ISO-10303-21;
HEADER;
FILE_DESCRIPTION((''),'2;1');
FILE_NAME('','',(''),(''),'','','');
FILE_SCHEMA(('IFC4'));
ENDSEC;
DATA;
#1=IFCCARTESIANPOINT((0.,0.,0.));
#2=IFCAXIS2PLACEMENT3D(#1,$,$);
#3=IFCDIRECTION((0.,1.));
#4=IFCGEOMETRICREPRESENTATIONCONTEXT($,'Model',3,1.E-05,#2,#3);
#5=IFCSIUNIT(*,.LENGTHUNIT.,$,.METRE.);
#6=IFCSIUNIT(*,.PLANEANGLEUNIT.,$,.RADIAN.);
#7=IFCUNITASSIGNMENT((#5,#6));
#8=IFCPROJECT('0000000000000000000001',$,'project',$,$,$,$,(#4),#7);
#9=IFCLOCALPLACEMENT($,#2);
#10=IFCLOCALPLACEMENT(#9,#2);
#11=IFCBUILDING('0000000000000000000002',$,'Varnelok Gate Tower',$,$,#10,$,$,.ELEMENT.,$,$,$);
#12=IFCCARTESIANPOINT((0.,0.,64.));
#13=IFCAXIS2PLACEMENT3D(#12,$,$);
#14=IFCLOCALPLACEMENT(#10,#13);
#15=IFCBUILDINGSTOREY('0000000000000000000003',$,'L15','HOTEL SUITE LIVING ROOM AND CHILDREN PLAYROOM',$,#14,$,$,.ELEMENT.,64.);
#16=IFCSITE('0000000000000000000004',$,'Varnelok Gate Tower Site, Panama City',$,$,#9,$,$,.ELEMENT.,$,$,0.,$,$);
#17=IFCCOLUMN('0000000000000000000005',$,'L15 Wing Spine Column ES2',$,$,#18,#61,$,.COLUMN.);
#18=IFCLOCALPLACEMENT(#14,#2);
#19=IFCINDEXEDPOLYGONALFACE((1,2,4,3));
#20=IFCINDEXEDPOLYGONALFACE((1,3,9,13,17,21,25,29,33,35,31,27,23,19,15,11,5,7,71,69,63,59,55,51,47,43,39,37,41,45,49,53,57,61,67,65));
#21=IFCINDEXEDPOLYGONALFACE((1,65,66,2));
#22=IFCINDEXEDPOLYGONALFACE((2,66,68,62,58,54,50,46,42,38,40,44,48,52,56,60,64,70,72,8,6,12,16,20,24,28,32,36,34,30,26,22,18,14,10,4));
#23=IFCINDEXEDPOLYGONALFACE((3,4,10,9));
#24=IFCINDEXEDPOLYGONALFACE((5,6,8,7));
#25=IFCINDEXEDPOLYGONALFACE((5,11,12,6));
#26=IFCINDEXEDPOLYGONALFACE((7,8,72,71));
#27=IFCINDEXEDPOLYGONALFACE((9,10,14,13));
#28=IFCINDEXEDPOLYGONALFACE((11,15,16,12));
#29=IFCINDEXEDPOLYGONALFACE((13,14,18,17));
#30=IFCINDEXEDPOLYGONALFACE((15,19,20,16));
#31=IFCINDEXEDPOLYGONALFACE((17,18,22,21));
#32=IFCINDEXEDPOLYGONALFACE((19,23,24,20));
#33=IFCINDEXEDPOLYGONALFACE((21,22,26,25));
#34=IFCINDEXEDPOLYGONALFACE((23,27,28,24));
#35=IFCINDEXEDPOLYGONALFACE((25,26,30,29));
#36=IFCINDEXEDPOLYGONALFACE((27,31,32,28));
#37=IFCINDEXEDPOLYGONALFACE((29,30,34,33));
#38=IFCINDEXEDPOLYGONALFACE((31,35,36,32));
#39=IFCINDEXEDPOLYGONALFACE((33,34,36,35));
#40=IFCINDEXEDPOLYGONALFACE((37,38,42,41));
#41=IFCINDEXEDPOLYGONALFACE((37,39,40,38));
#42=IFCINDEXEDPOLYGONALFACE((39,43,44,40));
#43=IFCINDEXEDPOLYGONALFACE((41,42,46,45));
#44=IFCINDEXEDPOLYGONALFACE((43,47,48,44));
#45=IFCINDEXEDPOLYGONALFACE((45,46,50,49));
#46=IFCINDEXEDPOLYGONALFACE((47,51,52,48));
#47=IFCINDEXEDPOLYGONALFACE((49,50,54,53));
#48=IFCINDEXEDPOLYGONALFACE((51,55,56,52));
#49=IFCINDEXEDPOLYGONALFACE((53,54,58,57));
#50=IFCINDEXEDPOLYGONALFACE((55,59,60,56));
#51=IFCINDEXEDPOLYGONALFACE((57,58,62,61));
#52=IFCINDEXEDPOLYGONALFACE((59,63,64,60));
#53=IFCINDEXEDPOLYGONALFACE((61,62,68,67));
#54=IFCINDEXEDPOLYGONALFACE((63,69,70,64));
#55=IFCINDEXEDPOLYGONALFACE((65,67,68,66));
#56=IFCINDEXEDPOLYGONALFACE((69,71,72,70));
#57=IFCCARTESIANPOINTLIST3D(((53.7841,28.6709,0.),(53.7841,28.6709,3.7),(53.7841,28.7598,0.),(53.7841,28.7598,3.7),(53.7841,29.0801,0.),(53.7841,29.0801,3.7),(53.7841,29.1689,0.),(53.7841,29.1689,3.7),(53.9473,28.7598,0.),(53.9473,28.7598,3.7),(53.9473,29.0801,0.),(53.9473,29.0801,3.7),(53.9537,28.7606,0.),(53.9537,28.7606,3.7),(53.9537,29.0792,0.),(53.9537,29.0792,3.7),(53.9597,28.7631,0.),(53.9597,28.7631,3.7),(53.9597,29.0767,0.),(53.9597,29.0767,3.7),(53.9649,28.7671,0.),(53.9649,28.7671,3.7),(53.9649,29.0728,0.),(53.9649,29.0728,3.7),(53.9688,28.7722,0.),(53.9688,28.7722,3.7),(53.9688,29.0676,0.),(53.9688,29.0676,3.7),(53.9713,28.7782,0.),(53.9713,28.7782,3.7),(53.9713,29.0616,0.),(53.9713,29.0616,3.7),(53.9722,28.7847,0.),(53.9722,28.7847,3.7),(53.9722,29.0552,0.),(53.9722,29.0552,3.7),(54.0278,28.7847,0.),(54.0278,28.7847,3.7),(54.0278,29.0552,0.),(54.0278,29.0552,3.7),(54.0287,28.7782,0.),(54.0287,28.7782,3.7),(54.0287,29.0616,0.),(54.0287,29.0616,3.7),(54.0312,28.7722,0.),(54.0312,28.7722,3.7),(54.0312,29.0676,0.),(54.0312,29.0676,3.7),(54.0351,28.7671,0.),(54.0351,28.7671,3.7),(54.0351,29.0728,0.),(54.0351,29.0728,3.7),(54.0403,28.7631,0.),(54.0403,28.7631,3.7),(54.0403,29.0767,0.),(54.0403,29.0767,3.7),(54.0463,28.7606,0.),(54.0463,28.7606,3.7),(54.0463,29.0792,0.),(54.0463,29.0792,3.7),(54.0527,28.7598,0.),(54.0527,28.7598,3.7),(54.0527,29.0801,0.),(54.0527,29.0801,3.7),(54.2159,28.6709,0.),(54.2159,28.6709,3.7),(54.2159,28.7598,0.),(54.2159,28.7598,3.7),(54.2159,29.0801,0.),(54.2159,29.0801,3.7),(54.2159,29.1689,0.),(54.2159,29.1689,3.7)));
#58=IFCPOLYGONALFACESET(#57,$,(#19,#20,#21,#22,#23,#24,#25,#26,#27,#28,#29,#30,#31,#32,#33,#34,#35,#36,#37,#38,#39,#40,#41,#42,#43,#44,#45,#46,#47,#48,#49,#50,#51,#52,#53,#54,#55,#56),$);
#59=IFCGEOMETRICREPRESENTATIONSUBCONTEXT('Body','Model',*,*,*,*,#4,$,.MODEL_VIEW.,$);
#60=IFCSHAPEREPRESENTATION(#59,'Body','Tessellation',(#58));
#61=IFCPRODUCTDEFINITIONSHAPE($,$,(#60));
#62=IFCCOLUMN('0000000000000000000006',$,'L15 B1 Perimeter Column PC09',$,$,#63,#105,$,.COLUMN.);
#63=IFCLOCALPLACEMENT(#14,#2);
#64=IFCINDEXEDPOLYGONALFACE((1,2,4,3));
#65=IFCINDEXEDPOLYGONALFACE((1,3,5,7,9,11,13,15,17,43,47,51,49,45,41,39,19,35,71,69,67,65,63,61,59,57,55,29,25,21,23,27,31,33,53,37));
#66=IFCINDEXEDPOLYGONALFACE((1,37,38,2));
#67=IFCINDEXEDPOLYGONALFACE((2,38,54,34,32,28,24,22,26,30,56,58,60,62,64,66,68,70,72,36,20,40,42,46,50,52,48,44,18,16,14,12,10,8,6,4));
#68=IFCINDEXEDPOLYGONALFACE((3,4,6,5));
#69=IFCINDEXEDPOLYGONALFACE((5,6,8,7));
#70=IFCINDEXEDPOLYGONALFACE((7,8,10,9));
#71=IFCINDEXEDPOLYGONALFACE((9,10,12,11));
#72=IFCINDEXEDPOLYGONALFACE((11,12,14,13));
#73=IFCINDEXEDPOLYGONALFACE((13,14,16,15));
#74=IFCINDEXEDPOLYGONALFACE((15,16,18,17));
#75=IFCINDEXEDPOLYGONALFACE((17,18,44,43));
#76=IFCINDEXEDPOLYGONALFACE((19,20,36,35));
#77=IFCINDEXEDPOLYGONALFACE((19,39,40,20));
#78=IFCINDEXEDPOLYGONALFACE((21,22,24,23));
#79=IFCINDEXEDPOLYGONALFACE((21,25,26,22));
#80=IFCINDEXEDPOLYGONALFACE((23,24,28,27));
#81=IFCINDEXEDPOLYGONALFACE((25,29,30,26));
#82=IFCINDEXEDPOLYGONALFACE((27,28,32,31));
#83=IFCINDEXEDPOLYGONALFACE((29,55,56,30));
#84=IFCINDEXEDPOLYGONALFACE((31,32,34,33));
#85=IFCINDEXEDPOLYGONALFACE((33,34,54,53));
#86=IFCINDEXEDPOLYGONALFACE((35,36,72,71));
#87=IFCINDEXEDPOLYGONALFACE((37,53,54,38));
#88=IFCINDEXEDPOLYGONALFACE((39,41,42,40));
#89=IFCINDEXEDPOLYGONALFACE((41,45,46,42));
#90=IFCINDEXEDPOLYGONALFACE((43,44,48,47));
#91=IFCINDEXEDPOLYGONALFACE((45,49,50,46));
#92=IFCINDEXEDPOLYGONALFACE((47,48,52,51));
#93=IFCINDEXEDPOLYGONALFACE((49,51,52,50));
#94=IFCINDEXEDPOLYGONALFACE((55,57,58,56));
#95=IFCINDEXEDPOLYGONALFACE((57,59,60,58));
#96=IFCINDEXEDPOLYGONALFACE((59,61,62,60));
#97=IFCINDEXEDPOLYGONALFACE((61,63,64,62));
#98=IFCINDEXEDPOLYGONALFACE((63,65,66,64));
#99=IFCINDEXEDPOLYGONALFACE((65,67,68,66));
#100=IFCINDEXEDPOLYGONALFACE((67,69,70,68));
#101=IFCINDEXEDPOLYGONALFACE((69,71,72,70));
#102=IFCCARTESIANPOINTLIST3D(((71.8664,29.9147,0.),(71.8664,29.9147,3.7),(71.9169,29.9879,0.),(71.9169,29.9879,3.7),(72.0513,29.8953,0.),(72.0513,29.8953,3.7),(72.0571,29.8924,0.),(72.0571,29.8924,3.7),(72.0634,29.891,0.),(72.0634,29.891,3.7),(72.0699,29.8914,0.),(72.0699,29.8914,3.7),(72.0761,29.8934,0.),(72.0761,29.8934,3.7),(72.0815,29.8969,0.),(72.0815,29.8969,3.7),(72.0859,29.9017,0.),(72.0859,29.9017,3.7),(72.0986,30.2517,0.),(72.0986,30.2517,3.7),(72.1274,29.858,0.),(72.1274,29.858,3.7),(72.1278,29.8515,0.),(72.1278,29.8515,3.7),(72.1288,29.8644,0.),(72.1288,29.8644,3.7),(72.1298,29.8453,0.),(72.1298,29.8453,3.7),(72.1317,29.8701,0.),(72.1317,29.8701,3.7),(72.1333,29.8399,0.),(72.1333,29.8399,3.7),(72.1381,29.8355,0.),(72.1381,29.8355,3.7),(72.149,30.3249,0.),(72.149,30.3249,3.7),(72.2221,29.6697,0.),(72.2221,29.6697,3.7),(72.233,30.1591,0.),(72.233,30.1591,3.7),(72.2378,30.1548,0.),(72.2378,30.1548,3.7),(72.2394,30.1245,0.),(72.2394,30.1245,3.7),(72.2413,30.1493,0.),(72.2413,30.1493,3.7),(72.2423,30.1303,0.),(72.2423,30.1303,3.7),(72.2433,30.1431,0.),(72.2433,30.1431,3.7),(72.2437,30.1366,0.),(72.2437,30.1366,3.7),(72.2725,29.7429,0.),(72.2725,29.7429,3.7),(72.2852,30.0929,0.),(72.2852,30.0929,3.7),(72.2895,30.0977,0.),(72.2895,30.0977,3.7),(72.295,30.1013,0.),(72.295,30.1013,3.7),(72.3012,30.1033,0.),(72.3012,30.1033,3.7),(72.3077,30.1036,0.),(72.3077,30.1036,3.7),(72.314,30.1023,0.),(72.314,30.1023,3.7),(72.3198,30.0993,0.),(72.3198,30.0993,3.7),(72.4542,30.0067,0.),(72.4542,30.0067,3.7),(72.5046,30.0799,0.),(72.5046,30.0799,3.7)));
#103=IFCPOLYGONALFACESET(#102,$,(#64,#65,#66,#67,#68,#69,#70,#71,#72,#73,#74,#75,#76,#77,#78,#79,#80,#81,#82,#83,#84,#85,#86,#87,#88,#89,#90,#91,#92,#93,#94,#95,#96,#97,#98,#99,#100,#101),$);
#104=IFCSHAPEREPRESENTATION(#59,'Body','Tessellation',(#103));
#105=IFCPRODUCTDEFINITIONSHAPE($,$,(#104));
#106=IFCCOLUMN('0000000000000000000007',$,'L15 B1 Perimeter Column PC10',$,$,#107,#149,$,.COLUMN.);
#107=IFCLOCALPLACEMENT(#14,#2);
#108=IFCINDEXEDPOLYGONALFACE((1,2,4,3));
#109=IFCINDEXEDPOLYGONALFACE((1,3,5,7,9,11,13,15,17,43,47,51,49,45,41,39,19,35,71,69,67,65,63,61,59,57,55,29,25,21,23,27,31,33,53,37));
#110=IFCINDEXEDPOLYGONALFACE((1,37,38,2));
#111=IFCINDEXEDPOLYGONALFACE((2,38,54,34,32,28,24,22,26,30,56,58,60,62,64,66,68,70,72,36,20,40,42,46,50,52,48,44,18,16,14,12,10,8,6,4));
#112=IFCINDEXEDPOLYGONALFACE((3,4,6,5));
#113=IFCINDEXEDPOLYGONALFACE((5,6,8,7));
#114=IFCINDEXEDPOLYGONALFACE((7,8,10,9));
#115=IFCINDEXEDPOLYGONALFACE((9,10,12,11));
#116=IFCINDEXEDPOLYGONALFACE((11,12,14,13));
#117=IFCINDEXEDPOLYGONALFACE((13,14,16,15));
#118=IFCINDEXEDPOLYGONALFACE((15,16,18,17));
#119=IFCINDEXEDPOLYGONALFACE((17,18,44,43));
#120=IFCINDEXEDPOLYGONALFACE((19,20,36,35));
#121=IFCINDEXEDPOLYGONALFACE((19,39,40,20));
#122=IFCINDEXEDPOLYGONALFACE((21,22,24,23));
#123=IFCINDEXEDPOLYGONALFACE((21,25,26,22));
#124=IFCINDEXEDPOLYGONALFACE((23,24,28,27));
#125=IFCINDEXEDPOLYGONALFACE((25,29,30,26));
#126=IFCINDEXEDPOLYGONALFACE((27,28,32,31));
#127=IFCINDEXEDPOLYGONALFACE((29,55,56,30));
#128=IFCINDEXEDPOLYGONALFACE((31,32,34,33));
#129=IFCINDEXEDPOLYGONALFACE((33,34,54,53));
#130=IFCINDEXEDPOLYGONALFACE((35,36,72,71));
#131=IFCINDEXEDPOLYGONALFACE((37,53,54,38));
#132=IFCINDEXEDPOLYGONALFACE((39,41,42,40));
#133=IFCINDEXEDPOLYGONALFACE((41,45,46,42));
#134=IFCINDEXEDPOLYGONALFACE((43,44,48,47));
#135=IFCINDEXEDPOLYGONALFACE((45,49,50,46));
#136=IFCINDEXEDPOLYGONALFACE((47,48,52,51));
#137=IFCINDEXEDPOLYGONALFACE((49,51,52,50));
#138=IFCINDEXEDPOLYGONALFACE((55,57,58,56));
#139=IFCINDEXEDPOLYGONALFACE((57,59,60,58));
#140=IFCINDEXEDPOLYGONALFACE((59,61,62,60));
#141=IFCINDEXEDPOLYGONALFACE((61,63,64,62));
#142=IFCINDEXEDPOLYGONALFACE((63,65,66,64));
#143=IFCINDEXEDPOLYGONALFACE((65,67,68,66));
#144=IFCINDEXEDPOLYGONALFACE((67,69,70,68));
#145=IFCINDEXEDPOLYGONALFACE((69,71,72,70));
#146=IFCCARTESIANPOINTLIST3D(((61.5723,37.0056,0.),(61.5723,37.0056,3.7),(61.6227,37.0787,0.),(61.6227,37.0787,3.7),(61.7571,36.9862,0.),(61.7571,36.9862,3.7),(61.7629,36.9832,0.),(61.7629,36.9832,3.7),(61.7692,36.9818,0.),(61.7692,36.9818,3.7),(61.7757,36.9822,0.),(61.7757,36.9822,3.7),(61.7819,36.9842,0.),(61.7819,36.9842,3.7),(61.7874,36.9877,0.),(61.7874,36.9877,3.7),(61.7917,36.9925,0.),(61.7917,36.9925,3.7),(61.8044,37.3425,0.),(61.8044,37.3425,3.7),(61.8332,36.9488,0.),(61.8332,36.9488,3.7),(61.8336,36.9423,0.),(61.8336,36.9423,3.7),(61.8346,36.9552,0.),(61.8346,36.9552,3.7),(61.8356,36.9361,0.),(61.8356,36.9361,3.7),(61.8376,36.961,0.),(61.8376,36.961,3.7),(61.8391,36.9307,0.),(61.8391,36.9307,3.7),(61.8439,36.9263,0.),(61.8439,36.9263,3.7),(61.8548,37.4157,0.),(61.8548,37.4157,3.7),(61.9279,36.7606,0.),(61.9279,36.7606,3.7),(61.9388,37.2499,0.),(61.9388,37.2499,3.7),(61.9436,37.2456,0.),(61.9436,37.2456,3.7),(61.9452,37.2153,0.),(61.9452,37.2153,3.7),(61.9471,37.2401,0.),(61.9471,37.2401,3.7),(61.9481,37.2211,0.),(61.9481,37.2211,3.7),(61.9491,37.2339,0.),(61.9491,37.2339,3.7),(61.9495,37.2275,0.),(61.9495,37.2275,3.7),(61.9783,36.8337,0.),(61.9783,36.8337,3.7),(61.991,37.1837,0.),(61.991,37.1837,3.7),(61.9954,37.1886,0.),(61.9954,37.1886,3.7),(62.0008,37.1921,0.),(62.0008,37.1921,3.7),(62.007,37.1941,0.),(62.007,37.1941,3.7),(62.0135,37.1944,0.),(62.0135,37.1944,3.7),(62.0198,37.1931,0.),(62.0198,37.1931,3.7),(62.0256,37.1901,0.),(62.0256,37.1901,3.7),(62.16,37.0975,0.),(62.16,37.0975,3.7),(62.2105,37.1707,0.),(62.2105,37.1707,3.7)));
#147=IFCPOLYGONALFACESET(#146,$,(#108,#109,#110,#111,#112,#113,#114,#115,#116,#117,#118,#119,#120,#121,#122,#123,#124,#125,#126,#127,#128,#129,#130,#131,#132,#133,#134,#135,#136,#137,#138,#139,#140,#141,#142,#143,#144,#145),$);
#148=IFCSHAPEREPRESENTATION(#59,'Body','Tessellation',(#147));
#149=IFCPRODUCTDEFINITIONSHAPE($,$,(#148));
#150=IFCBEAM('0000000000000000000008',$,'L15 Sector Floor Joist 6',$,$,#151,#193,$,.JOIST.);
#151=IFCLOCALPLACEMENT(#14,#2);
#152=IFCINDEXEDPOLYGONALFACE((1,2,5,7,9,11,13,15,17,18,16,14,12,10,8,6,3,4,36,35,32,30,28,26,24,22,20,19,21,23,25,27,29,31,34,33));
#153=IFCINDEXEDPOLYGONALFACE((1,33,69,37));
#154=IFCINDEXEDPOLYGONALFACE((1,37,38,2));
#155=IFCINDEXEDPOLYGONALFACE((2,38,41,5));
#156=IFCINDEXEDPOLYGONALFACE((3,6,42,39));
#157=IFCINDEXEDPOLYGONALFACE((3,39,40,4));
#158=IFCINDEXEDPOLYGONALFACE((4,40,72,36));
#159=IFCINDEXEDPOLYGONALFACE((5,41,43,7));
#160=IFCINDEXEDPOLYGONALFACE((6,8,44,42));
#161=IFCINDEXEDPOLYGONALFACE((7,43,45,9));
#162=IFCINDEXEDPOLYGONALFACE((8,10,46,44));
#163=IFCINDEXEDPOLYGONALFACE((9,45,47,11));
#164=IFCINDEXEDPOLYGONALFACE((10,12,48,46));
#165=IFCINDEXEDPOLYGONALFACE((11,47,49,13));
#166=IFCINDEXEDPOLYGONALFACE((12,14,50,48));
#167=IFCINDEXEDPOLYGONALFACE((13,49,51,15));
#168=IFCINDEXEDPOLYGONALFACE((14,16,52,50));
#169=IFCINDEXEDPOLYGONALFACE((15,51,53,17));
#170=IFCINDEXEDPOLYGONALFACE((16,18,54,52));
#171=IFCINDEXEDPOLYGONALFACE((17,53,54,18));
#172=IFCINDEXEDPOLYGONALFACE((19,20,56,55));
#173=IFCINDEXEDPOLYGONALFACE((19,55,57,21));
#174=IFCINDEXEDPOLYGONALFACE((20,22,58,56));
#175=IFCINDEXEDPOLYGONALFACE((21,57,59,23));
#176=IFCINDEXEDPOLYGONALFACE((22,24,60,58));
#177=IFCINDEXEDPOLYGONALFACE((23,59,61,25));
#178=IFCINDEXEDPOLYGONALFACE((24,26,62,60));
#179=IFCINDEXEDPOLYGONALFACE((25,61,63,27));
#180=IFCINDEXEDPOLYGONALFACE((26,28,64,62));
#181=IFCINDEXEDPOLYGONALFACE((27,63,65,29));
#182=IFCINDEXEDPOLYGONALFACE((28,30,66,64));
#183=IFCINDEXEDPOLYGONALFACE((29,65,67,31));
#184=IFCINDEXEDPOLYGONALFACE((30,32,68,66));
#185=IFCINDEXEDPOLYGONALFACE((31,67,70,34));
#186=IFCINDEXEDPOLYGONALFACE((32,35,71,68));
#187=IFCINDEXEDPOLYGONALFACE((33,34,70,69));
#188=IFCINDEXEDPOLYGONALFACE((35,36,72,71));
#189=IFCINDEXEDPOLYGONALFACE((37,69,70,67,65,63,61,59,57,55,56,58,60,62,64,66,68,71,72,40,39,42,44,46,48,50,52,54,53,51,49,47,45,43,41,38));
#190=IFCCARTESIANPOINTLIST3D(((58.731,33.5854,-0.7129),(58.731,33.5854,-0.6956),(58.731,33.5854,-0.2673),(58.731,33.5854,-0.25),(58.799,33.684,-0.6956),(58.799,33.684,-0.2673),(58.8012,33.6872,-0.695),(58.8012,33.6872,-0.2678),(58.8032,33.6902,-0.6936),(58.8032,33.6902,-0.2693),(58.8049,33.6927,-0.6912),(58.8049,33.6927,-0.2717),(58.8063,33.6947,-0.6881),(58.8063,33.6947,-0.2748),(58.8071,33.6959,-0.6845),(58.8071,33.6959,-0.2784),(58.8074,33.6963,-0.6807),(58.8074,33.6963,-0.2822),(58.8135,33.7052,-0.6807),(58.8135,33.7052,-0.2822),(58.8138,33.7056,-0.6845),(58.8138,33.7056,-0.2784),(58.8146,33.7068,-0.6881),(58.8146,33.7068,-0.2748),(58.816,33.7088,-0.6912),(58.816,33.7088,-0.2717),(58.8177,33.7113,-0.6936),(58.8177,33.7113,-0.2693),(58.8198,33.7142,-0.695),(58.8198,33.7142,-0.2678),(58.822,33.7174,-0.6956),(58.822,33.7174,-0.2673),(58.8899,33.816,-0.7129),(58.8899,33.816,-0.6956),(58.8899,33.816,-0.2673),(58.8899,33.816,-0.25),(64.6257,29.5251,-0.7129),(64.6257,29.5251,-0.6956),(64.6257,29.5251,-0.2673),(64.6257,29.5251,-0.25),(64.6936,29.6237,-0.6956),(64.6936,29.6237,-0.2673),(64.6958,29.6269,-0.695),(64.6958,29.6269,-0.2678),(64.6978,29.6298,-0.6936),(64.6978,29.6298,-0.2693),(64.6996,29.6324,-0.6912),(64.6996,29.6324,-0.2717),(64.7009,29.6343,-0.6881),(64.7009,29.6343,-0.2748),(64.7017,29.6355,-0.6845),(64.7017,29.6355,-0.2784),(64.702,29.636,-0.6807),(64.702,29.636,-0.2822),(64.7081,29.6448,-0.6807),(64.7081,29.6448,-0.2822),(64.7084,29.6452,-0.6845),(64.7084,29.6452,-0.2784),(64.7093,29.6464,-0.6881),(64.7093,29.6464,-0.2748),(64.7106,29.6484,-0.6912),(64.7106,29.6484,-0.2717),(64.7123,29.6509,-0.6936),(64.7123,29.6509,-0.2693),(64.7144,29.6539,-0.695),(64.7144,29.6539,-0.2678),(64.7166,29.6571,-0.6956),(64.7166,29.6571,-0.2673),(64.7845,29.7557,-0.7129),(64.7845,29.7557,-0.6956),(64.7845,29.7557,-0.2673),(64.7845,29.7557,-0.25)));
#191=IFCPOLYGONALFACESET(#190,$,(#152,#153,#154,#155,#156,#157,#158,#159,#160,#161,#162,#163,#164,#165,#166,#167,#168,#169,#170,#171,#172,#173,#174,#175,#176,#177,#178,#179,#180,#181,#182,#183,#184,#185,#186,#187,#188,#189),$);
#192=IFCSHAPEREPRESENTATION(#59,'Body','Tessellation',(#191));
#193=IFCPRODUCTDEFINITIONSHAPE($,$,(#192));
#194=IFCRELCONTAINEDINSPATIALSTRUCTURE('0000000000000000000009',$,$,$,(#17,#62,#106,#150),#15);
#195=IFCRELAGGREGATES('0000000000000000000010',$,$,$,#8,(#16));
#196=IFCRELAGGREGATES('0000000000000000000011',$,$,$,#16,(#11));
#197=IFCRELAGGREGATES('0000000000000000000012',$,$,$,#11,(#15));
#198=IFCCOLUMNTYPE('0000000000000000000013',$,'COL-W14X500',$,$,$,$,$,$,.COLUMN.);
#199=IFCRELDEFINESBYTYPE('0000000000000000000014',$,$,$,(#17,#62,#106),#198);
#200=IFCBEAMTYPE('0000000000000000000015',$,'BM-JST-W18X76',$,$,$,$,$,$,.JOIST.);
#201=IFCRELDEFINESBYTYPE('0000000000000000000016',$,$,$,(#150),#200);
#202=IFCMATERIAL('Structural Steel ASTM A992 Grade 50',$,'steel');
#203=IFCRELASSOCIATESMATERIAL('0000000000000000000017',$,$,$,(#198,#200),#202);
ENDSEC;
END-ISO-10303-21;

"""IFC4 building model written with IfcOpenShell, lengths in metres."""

from ifc_helpers import new_model, si_unit, direction, frame, origin, origin_2d, place, context, subcontext, project, spatial, i_section, extrude, material, material_profile, profile_set, type_object, element, save


model = new_model("IFC4")

# Units and contexts
model_context = context("Model", 3, precision=1e-05, world=origin(), true_north=direction((0.0, 1.0)))
body_context = subcontext(model_context, "Body", "Model", "MODEL_VIEW")
ifc_project = project(units=[si_unit("LENGTHUNIT", "METRE"), si_unit("PLANEANGLEUNIT", "RADIAN")], contexts=[model_context])

# Site, building, storey
site_placement = place(None, origin())
site = spatial("IfcSite", under=ifc_project, at=site_placement, Name="Varnelok Gate Tower Site, Panama City", CompositionType="ELEMENT", RefElevation=0.0)
building_placement = place(site_placement, origin())
building = spatial("IfcBuilding", under=site, at=building_placement, Name="Varnelok Gate Tower", CompositionType="ELEMENT")
storey_placement = place(building_placement, frame((0.0, 0.0, 64.0)))
storey = spatial("IfcBuildingStorey", under=building, at=storey_placement, Name="L15", Description="HOTEL SUITE LIVING ROOM AND CHILDREN PLAYROOM", CompositionType="ELEMENT", Elevation=64.0)

# Columns
ifc_material_1 = material(Name="Structural Steel ASTM A992 Grade 50", Category="steel")
ifc_material_profile_1 = material_profile(ifc_material_1, i_section(OverallWidth=0.4319, OverallDepth=0.498, WebThickness=0.0557, FlangeThickness=0.0889, FilletRadius=0.0249, at=origin_2d()), Name="W14X500")
ifc_profile_set_1 = profile_set([ifc_material_profile_1], Name="Structural Steel ASTM A992 Grade 50")
column_type = type_object("IfcColumnType", Name="COL-W14X500", PredefinedType="COLUMN", material=ifc_profile_set_1)
for number, where, z_axis, x_axis, name in (
    (1, (54.0, 28.9199, 0.0), (0.0, 0.0, 1.0), (1.0, 0.0, 0.0), "L15 Wing Spine Column ES2"),
    (2, (72.1855, 29.9973, 0.0), (0.0, 0.0, 1.0), (0.823533, -0.567269, 0.0), "L15 B1 Perimeter Column PC09"),
    (3, (61.8914, 37.0881, 0.0), (0.0, 0.0, 1.0), (0.823533, -0.567269, 0.0), "L15 B1 Perimeter Column PC10"),
):
    element("IfcColumn", number, at=place(storey_placement, frame(where, z_axis=z_axis, x_axis=x_axis)), inside=storey, type_object=column_type, Name=name, PredefinedType="COLUMN", context=body_context, shape_type="SweptSolid", body=[
        extrude(i_section(OverallWidth=0.4319, OverallDepth=0.498, WebThickness=0.0557, FlangeThickness=0.0889, FilletRadius=0.0249, at=origin_2d()), origin(), (0.0, 0.0, 1.0), 3.7),
    ])

# Beam
ifc_material_profile_2 = material_profile(ifc_material_1, i_section(OverallWidth=0.28, OverallDepth=0.4629, WebThickness=0.0107, FlangeThickness=0.0173, FilletRadius=0.0149, at=origin_2d()), Name="W18X76")
ifc_profile_set_2 = profile_set([ifc_material_profile_2], Name="Structural Steel ASTM A992 Grade 50")
beam_type_1 = type_object("IfcBeamType", Name="BM-JST-W18X76", PredefinedType="JOIST", material=ifc_profile_set_2)
beam_1_placement = place(storey_placement, frame((64.7051, 29.6404, -0.4814), z_axis=(-0.823532, 0.56727, 0.0), x_axis=(-0.56727, -0.823532, 0.0)))
element("IfcBeam", 4, at=beam_1_placement, inside=storey, type_object=beam_type_1, Name="L15 Sector Floor Joist 6", PredefinedType="JOIST", context=body_context, shape_type="SweptSolid", body=[
    extrude(i_section(OverallWidth=0.28, OverallDepth=0.4629, WebThickness=0.0107, FlangeThickness=0.0173, FilletRadius=0.0149, at=origin_2d()), origin(), (0.0, 0.0, 1.0), 7.1577),
])

save(model, "model.ifc")
